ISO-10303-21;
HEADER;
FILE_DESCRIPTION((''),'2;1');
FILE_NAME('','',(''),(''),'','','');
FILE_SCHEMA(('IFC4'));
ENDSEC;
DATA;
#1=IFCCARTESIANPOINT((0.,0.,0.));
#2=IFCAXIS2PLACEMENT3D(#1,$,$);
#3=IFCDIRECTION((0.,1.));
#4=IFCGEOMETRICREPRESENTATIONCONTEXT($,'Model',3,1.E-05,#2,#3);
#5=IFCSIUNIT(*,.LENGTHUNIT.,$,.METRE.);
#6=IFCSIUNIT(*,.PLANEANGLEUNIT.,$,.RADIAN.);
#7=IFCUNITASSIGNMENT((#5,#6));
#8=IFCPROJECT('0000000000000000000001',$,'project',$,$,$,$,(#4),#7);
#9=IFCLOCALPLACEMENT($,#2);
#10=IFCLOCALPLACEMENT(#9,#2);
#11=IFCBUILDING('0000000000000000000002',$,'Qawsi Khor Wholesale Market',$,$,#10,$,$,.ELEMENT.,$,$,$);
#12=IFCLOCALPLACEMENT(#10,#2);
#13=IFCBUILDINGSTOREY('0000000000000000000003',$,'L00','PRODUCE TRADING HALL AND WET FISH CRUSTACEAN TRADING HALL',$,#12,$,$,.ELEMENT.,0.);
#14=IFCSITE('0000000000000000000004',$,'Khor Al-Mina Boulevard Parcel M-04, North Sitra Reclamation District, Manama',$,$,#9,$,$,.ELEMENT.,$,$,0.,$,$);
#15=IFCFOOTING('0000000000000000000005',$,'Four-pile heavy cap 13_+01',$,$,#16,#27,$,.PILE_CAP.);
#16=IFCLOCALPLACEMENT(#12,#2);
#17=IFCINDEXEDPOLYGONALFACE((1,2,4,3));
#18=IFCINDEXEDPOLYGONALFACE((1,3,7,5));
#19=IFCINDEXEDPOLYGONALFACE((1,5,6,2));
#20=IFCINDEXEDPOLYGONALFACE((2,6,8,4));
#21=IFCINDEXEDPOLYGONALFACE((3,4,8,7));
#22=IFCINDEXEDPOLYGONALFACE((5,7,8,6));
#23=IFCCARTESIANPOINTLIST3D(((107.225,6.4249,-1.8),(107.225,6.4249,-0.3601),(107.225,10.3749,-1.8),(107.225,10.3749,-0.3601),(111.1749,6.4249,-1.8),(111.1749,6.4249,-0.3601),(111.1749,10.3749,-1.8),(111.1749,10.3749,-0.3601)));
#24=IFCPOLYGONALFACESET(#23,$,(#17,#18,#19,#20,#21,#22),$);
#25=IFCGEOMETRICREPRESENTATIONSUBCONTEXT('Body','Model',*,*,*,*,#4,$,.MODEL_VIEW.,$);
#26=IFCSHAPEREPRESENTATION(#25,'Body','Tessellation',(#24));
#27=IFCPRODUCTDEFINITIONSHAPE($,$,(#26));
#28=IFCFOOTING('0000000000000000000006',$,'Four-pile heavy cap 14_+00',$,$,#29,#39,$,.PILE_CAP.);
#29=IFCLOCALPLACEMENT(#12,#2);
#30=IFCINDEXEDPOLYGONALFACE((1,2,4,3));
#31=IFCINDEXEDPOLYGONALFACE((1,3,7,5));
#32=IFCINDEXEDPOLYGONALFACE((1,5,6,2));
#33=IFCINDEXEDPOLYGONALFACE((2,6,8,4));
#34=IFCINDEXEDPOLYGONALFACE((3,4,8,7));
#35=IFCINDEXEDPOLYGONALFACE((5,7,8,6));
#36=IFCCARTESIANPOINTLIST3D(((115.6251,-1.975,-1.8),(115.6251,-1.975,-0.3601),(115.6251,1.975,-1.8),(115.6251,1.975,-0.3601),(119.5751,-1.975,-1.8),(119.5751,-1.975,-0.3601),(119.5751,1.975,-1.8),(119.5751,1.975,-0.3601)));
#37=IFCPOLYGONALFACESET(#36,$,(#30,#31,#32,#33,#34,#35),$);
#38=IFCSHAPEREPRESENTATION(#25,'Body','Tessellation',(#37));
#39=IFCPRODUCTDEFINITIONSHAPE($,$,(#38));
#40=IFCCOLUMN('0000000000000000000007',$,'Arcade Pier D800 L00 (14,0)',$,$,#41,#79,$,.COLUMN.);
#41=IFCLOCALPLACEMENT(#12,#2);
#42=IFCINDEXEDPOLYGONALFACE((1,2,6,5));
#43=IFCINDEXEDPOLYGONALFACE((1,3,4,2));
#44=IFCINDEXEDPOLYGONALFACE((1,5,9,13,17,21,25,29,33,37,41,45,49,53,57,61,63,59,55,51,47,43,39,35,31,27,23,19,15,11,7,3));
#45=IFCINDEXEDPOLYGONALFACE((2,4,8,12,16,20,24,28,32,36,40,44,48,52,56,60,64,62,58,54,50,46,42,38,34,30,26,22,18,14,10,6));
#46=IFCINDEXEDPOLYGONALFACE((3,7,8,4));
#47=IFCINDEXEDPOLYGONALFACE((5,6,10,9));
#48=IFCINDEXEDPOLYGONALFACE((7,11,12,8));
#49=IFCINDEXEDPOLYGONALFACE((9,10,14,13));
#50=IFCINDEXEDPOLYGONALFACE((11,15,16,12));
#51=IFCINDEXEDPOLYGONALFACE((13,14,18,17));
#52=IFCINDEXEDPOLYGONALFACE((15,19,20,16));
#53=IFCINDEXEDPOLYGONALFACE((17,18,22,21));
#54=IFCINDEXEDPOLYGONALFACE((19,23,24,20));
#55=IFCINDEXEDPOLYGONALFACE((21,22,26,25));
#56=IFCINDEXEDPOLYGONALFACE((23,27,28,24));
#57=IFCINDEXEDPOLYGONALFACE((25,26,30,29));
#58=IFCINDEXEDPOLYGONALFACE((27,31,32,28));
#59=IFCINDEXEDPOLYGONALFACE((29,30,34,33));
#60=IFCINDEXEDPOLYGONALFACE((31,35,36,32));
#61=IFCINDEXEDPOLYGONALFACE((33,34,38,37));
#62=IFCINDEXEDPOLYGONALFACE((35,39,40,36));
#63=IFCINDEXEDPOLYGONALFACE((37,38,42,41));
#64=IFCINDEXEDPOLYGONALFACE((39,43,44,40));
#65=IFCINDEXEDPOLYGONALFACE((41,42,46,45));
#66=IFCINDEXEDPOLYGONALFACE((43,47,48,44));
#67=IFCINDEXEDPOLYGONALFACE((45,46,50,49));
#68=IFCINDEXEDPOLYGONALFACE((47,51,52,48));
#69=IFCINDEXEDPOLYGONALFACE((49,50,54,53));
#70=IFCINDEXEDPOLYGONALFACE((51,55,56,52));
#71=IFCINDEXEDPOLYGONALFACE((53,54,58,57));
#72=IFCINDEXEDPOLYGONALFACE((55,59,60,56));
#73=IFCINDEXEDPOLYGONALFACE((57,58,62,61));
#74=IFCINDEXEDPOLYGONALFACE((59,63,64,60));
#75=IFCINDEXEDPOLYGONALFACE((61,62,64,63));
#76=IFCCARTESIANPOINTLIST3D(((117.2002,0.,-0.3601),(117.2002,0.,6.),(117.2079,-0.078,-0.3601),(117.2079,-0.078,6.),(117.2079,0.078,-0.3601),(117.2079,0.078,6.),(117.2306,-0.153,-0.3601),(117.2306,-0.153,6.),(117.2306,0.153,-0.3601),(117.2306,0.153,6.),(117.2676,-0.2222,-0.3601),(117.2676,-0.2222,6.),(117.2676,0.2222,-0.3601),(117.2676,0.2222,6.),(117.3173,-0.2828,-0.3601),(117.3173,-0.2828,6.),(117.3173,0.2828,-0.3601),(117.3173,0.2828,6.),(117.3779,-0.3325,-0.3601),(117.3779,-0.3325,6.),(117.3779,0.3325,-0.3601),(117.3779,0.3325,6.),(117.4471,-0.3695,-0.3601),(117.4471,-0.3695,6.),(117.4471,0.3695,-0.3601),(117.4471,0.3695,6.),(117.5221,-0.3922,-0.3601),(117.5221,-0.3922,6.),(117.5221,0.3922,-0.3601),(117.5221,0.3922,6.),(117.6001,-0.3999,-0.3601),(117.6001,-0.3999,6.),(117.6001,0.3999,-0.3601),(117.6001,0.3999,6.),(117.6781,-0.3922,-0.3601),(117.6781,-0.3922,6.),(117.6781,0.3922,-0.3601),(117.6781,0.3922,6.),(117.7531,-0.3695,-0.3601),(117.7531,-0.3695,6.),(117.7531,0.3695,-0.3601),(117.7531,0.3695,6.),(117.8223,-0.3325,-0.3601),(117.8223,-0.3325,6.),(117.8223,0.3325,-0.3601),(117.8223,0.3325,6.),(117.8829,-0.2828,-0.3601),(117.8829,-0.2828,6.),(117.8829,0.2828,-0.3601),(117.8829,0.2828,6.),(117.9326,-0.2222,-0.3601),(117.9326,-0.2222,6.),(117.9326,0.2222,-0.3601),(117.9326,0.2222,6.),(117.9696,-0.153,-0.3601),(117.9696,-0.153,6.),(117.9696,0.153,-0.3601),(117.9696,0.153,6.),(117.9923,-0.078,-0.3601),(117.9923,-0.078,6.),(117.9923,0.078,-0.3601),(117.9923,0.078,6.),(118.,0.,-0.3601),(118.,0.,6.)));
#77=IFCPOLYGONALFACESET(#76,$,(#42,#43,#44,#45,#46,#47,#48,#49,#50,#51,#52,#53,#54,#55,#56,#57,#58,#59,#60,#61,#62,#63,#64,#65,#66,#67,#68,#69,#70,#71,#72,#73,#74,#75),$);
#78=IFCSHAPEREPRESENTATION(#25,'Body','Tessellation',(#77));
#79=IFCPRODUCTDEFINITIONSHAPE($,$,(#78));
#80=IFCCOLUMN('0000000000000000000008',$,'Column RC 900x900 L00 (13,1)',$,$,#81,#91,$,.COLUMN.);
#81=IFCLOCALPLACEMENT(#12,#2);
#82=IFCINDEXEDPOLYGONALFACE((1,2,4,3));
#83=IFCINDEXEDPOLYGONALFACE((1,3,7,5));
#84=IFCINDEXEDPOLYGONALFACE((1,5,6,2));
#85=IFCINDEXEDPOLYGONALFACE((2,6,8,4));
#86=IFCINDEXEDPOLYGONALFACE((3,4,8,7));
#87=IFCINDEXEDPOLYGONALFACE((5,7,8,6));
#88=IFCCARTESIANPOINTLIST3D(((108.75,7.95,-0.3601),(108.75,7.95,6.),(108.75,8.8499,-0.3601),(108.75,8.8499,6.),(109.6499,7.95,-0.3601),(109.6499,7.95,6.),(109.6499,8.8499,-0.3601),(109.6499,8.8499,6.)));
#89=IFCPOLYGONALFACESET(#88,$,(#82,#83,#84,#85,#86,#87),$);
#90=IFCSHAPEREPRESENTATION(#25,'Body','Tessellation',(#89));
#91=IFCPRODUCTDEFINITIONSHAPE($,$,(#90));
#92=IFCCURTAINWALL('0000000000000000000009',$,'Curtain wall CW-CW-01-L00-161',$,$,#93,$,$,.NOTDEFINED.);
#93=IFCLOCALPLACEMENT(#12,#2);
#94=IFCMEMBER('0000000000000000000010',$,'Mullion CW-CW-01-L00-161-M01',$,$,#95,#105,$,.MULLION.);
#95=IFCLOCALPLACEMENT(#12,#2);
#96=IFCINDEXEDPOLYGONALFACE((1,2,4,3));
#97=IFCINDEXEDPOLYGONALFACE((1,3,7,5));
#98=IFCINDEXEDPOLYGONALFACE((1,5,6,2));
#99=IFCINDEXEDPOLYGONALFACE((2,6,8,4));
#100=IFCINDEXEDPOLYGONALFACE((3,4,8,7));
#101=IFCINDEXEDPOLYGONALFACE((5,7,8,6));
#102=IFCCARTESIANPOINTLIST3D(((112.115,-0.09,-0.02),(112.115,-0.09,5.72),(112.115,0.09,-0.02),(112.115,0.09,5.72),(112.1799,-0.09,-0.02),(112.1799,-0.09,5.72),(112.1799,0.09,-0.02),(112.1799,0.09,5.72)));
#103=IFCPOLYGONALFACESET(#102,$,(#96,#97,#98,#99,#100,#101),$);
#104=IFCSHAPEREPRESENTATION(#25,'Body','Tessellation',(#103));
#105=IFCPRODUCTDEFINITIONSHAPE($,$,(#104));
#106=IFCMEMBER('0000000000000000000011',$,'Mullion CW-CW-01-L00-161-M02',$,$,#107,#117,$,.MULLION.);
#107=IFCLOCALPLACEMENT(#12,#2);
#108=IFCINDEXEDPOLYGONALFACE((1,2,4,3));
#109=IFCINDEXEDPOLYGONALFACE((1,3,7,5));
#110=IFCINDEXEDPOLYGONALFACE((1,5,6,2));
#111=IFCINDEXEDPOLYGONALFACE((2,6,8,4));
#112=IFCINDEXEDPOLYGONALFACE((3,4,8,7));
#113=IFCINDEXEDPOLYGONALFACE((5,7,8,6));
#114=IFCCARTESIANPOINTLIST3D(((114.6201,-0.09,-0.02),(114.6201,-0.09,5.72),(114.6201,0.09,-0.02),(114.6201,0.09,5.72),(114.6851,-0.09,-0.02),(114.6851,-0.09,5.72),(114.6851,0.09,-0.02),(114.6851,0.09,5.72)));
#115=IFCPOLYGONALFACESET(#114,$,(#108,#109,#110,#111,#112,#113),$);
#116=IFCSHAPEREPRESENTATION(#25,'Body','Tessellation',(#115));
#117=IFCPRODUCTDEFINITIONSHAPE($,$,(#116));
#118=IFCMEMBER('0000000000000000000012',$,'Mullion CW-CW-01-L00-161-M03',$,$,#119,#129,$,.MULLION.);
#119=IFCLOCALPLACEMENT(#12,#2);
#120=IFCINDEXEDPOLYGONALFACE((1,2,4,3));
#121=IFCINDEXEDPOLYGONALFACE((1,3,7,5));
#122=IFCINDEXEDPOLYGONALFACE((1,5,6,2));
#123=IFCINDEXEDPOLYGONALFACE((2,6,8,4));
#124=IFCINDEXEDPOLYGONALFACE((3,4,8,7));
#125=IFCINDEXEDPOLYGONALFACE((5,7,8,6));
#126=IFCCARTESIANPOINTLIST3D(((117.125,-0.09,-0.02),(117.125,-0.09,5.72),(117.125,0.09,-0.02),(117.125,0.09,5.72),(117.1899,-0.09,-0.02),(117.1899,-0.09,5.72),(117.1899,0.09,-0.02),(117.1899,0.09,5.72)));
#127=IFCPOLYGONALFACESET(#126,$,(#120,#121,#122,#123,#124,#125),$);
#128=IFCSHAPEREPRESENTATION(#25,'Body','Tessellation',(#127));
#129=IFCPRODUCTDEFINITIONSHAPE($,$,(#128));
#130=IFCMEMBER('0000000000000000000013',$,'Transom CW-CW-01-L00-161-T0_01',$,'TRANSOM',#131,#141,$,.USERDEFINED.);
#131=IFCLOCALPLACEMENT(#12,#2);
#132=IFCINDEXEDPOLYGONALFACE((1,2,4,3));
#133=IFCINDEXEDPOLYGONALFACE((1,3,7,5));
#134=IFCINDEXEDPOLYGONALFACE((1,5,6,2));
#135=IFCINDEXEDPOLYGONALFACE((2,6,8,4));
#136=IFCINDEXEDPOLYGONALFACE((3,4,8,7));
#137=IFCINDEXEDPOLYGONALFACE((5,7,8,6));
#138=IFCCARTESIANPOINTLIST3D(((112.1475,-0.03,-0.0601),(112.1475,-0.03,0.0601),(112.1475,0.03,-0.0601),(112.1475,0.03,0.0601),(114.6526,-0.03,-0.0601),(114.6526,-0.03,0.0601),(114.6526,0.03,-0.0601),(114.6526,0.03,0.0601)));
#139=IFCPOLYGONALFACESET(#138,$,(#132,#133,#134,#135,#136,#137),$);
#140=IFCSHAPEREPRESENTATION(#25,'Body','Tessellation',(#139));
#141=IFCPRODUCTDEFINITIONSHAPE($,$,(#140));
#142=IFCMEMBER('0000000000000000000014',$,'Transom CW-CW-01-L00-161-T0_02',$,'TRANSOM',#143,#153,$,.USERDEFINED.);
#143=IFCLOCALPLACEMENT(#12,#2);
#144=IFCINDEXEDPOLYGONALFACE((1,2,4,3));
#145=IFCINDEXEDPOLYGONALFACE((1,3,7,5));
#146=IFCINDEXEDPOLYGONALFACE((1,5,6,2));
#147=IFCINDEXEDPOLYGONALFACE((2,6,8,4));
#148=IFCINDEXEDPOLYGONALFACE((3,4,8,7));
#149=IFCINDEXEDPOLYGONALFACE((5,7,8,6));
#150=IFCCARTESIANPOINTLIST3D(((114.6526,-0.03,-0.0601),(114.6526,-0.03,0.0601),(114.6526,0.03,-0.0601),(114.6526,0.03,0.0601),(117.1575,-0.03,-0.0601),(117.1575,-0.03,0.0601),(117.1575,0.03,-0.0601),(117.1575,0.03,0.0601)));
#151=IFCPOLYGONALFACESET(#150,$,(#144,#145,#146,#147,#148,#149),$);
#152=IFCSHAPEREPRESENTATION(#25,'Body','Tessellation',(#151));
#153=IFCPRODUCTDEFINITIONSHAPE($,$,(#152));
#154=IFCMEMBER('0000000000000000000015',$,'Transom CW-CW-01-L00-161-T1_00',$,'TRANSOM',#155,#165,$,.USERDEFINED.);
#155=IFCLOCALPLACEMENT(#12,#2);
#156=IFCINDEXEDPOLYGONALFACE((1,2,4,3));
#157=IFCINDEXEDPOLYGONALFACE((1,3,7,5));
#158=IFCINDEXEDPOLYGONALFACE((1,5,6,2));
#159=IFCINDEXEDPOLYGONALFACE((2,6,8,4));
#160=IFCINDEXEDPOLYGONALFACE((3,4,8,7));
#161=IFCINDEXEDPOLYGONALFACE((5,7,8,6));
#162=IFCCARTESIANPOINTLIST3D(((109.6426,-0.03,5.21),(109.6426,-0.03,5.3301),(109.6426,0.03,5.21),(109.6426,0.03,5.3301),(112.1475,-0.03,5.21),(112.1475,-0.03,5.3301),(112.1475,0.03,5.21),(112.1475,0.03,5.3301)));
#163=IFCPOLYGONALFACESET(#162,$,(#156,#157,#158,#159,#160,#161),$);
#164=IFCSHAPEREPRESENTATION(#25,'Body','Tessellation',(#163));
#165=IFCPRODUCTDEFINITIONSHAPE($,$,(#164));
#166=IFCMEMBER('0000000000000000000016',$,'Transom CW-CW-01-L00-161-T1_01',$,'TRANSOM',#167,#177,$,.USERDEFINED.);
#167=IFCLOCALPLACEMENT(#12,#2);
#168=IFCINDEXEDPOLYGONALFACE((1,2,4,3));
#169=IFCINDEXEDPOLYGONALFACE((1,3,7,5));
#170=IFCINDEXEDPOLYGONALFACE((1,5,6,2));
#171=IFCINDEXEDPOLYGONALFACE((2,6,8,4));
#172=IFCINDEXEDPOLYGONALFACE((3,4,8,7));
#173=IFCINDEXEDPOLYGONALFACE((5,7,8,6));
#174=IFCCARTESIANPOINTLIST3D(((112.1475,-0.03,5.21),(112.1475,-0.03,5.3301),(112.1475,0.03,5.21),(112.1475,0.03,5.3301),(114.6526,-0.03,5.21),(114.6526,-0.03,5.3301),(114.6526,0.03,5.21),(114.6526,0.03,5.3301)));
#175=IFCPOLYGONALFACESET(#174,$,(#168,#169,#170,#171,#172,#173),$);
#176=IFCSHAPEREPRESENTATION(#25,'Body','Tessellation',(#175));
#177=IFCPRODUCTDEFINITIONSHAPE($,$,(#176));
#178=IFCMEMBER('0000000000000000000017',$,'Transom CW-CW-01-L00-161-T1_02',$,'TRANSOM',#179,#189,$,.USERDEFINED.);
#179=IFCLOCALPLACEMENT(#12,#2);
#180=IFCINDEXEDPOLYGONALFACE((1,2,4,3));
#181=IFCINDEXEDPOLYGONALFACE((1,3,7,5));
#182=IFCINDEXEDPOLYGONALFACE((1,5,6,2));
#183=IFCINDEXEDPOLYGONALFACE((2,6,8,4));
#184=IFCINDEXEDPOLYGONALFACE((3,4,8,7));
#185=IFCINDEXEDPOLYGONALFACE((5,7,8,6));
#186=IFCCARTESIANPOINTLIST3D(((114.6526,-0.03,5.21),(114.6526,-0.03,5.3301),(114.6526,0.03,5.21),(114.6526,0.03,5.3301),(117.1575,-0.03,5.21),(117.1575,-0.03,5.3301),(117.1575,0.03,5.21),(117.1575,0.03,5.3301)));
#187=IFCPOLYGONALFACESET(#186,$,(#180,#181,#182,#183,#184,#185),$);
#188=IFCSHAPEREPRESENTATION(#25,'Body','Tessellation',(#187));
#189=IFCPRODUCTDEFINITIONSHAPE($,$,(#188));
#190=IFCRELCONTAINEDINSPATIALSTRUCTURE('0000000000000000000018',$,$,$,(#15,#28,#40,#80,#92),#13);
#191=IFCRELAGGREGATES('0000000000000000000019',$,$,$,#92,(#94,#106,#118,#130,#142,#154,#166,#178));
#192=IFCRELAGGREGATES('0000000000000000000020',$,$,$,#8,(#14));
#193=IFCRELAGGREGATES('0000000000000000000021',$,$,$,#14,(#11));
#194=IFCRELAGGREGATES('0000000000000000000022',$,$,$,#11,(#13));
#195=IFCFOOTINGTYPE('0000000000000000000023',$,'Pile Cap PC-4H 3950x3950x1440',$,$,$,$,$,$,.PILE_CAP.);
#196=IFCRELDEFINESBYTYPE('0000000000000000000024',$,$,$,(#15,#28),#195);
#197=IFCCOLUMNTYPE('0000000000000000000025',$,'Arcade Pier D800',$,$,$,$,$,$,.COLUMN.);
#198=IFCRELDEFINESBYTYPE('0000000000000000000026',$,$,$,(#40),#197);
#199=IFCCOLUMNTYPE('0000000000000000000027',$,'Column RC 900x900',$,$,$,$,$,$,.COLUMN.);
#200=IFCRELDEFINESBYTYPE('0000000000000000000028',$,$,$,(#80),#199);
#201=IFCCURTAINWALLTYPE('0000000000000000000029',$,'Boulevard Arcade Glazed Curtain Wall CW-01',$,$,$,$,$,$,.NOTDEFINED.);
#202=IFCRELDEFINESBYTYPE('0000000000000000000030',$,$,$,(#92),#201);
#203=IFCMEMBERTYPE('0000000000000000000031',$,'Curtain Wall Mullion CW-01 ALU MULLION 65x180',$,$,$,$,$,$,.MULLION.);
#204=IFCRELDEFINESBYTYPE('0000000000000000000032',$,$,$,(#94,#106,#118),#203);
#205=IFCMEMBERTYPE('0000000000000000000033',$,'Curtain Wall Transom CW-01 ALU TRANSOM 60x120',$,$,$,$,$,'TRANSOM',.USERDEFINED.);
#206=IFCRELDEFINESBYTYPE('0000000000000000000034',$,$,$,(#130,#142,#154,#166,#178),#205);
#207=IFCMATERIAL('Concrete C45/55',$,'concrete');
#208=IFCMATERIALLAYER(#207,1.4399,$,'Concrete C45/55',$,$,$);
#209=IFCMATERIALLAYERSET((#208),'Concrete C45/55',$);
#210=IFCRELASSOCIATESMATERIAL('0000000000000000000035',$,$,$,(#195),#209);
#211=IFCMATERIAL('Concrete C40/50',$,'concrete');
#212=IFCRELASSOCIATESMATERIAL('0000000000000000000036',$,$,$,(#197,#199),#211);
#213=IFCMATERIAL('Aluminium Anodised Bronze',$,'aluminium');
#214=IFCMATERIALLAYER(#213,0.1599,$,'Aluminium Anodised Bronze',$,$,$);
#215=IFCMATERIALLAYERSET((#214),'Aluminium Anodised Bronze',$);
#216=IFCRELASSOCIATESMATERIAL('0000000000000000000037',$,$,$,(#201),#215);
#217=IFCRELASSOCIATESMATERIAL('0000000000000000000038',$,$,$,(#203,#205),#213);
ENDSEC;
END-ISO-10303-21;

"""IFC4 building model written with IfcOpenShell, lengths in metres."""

from ifc_helpers import new_model, si_unit, direction, frame, origin, origin_2d, place, context, subcontext, project, spatial, rectangle, circle, extrude, material, layer, layer_set, material_profile, profile_set, type_object, element, aggregate, save


model = new_model("IFC4")

# Units and contexts
model_context = context("Model", 3, precision=1e-05, world=origin(), true_north=direction((0.0, 1.0)))
body_context = subcontext(model_context, "Body", "Model", "MODEL_VIEW")
ifc_project = project(units=[si_unit("LENGTHUNIT", "METRE"), si_unit("PLANEANGLEUNIT", "RADIAN")], contexts=[model_context])

# Site, building, storey
site_placement = place(None, origin())
site = spatial("IfcSite", under=ifc_project, at=site_placement, Name="Khor Al-Mina Boulevard Parcel M-04, North Sitra Reclamation District, Manama", CompositionType="ELEMENT", RefElevation=0.0)
building_placement = place(site_placement, origin())
building = spatial("IfcBuilding", under=site, at=building_placement, Name="Qawsi Khor Wholesale Market", CompositionType="ELEMENT")
storey_placement = place(building_placement, origin())
storey = spatial("IfcBuildingStorey", under=building, at=storey_placement, Name="L00", Description="PRODUCE TRADING HALL AND WET FISH CRUSTACEAN TRADING HALL", CompositionType="ELEMENT", Elevation=0.0)

# Shared definitions
ifc_material_1 = material(Name="Concrete C45/55", Category="concrete")

# Footings
ifc_layer_1 = layer(ifc_material_1, 1.4399, Name="Concrete C45/55")
ifc_layer_set_1 = layer_set([ifc_layer_1], Name="Concrete C45/55")
footing_type_1 = type_object("IfcFootingType", Name="Pile Cap PC-4H 3950x3950x1440", PredefinedType="PILE_CAP", material=ifc_layer_set_1)
for number, where, z_axis, x_axis, name in (
    (1, (109.2, 8.3999, -1.8), (0.0, 0.0, 1.0), (1.0, 0.0, 0.0), "Four-pile heavy cap 13_+01"),
    (2, (117.6001, 0.0, -1.8), (0.0, 0.0, 1.0), (1.0, 0.0, 0.0), "Four-pile heavy cap 14_+00"),
):
    element("IfcFooting", number, at=place(storey_placement, frame(where, z_axis=z_axis, x_axis=x_axis)), inside=storey, type_object=footing_type_1, Name=name, PredefinedType="PILE_CAP", context=body_context, shape_type="SweptSolid", body=[
        extrude(rectangle(XDim=3.95, YDim=3.95, at=origin_2d()), origin(), (0.0, 0.0, 1.0), 1.4399),
    ])

# Columns
ifc_material_2 = material(Name="Concrete C40/50", Category="concrete")
ifc_material_profile_1 = material_profile(ifc_material_2, circle(Radius=0.3999, at=origin_2d()), Name="RC COL D800")
ifc_profile_set_1 = profile_set([ifc_material_profile_1], Name="Concrete C40/50")
column_type_1 = type_object("IfcColumnType", Name="Arcade Pier D800", PredefinedType="COLUMN", material=ifc_profile_set_1)
column_1_placement = place(storey_placement, frame((117.6001, 0.0, -0.3601), z_axis=(0.0, 0.0, 1.0), x_axis=(1.0, 0.0, 0.0)))
element("IfcColumn", 3, at=column_1_placement, inside=storey, type_object=column_type_1, Name="Arcade Pier D800 L00 (14,0)", PredefinedType="COLUMN", context=body_context, shape_type="SweptSolid", body=[
    extrude(circle(Radius=0.3999, at=origin_2d()), origin(), (0.0, 0.0, 1.0), 6.3601),
])
ifc_material_profile_2 = material_profile(ifc_material_2, rectangle(XDim=0.8999, YDim=0.8999, at=origin_2d()), Name="RC 900x900")
ifc_profile_set_2 = profile_set([ifc_material_profile_2], Name="Concrete C40/50")
column_type_2 = type_object("IfcColumnType", Name="Column RC 900x900", PredefinedType="COLUMN", material=ifc_profile_set_2)
column_2_placement = place(storey_placement, frame((109.2, 8.3999, -0.3601), z_axis=(0.0, 0.0, 1.0), x_axis=(1.0, 0.0, 0.0)))
element("IfcColumn", 4, at=column_2_placement, inside=storey, type_object=column_type_2, Name="Column RC 900x900 L00 (13,1)", PredefinedType="COLUMN", context=body_context, shape_type="SweptSolid", body=[
    extrude(rectangle(XDim=0.8999, YDim=0.8999, at=origin_2d()), origin(), (0.0, 0.0, 1.0), 6.3601),
])

# Curtain wall, members
ifc_material_3 = material(Name="Aluminium Anodised Bronze", Category="aluminium")
ifc_layer_2 = layer(ifc_material_3, 0.1599, Name="Aluminium Anodised Bronze")
ifc_layer_set_2 = layer_set([ifc_layer_2], Name="Aluminium Anodised Bronze")
curtain_wall_type = type_object("IfcCurtainWallType", Name="Boulevard Arcade Glazed Curtain Wall CW-01", PredefinedType="NOTDEFINED", material=ifc_layer_set_2)
curtain_wall_placement = place(storey_placement, origin())
curtain_wall = element("IfcCurtainWall", 5, at=curtain_wall_placement, inside=storey, type_object=curtain_wall_type, Name="Curtain wall CW-CW-01-L00-161", PredefinedType="NOTDEFINED")
ifc_material_profile_3 = material_profile(ifc_material_3, rectangle(XDim=0.0649, YDim=0.1799, at=origin_2d()), Name="ALU MULLION 65x180")
ifc_profile_set_3 = profile_set([ifc_material_profile_3], Name="Aluminium Anodised Bronze")
member_type_1 = type_object("IfcMemberType", Name="Curtain Wall Mullion CW-01 ALU MULLION 65x180", PredefinedType="MULLION", material=ifc_profile_set_3)
member_1_placement = place(storey_placement, frame((112.1475, 0.0, -0.02), z_axis=(0.0, 0.0, 1.0), x_axis=(1.0, 0.0, 0.0)))
member_1 = element("IfcMember", 6, at=member_1_placement, type_object=member_type_1, Name="Mullion CW-CW-01-L00-161-M01", PredefinedType="MULLION", context=body_context, shape_type="SweptSolid", body=[
    extrude(rectangle(XDim=0.0649, YDim=0.1799, at=origin_2d()), origin(), (0.0, 0.0, 1.0), 5.74),
])
member_2_placement = place(storey_placement, frame((114.6526, 0.0, -0.02), z_axis=(0.0, 0.0, 1.0), x_axis=(1.0, 0.0, 0.0)))
member_2 = element("IfcMember", 7, at=member_2_placement, type_object=member_type_1, Name="Mullion CW-CW-01-L00-161-M02", PredefinedType="MULLION", context=body_context, shape_type="SweptSolid", body=[
    extrude(rectangle(XDim=0.0649, YDim=0.1799, at=origin_2d()), origin(), (0.0, 0.0, 1.0), 5.74),
])
member_3_placement = place(storey_placement, frame((117.1575, 0.0, -0.02), z_axis=(0.0, 0.0, 1.0), x_axis=(1.0, 0.0, 0.0)))
member_3 = element("IfcMember", 8, at=member_3_placement, type_object=member_type_1, Name="Mullion CW-CW-01-L00-161-M03", PredefinedType="MULLION", context=body_context, shape_type="SweptSolid", body=[
    extrude(rectangle(XDim=0.0649, YDim=0.1799, at=origin_2d()), origin(), (0.0, 0.0, 1.0), 5.74),
])
ifc_material_profile_4 = material_profile(ifc_material_3, rectangle(XDim=0.0601, YDim=0.1201, at=origin_2d()), Name="ALU TRANSOM 60x120")
ifc_profile_set_4 = profile_set([ifc_material_profile_4], Name="Aluminium Anodised Bronze")
member_type_2 = type_object("IfcMemberType", Name="Curtain Wall Transom CW-01 ALU TRANSOM 60x120", ElementType="TRANSOM", PredefinedType="USERDEFINED", material=ifc_profile_set_4)
member_4_placement = place(storey_placement, frame((112.1475, 0.0, 0.0), z_axis=(1.0, 0.0, 0.0), x_axis=(0.0, 1.0, 0.0)))
member_4 = element("IfcMember", 9, at=member_4_placement, type_object=member_type_2, Name="Transom CW-CW-01-L00-161-T0_01", ObjectType="TRANSOM", PredefinedType="USERDEFINED", context=body_context, shape_type="SweptSolid", body=[
    extrude(rectangle(XDim=0.0601, YDim=0.1201, at=origin_2d()), origin(), (0.0, 0.0, 1.0), 2.5051),
])
member_5_placement = place(storey_placement, frame((114.6526, 0.0, 0.0), z_axis=(1.0, 0.0, 0.0), x_axis=(0.0, 1.0, 0.0)))
member_5 = element("IfcMember", 10, at=member_5_placement, type_object=member_type_2, Name="Transom CW-CW-01-L00-161-T0_02", ObjectType="TRANSOM", PredefinedType="USERDEFINED", context=body_context, shape_type="SweptSolid", body=[
    extrude(rectangle(XDim=0.0601, YDim=0.1201, at=origin_2d()), origin(), (0.0, 0.0, 1.0), 2.5049),
])
member_6_placement = place(storey_placement, frame((109.6426, 0.0, 5.27), z_axis=(1.0, 0.0, 0.0), x_axis=(0.0, 1.0, 0.0)))
member_6 = element("IfcMember", 11, at=member_6_placement, type_object=member_type_2, Name="Transom CW-CW-01-L00-161-T1_00", ObjectType="TRANSOM", PredefinedType="USERDEFINED", context=body_context, shape_type="SweptSolid", body=[
    extrude(rectangle(XDim=0.0601, YDim=0.1201, at=origin_2d()), origin(), (0.0, 0.0, 1.0), 2.5049),
])
member_7_placement = place(storey_placement, frame((112.1475, 0.0, 5.27), z_axis=(1.0, 0.0, 0.0), x_axis=(0.0, 1.0, 0.0)))
member_7 = element("IfcMember", 12, at=member_7_placement, type_object=member_type_2, Name="Transom CW-CW-01-L00-161-T1_01", ObjectType="TRANSOM", PredefinedType="USERDEFINED", context=body_context, shape_type="SweptSolid", body=[
    extrude(rectangle(XDim=0.0601, YDim=0.1201, at=origin_2d()), origin(), (0.0, 0.0, 1.0), 2.5051),
])
member_8_placement = place(storey_placement, frame((114.6526, 0.0, 5.27), z_axis=(1.0, 0.0, 0.0), x_axis=(0.0, 1.0, 0.0)))
member_8 = element("IfcMember", 13, at=member_8_placement, type_object=member_type_2, Name="Transom CW-CW-01-L00-161-T1_02", ObjectType="TRANSOM", PredefinedType="USERDEFINED", context=body_context, shape_type="SweptSolid", body=[
    extrude(rectangle(XDim=0.0601, YDim=0.1201, at=origin_2d()), origin(), (0.0, 0.0, 1.0), 2.5049),
])
aggregate(curtain_wall, [member_1, member_2, member_3, member_4, member_5, member_6, member_7, member_8])

save(model, "model.ifc")
